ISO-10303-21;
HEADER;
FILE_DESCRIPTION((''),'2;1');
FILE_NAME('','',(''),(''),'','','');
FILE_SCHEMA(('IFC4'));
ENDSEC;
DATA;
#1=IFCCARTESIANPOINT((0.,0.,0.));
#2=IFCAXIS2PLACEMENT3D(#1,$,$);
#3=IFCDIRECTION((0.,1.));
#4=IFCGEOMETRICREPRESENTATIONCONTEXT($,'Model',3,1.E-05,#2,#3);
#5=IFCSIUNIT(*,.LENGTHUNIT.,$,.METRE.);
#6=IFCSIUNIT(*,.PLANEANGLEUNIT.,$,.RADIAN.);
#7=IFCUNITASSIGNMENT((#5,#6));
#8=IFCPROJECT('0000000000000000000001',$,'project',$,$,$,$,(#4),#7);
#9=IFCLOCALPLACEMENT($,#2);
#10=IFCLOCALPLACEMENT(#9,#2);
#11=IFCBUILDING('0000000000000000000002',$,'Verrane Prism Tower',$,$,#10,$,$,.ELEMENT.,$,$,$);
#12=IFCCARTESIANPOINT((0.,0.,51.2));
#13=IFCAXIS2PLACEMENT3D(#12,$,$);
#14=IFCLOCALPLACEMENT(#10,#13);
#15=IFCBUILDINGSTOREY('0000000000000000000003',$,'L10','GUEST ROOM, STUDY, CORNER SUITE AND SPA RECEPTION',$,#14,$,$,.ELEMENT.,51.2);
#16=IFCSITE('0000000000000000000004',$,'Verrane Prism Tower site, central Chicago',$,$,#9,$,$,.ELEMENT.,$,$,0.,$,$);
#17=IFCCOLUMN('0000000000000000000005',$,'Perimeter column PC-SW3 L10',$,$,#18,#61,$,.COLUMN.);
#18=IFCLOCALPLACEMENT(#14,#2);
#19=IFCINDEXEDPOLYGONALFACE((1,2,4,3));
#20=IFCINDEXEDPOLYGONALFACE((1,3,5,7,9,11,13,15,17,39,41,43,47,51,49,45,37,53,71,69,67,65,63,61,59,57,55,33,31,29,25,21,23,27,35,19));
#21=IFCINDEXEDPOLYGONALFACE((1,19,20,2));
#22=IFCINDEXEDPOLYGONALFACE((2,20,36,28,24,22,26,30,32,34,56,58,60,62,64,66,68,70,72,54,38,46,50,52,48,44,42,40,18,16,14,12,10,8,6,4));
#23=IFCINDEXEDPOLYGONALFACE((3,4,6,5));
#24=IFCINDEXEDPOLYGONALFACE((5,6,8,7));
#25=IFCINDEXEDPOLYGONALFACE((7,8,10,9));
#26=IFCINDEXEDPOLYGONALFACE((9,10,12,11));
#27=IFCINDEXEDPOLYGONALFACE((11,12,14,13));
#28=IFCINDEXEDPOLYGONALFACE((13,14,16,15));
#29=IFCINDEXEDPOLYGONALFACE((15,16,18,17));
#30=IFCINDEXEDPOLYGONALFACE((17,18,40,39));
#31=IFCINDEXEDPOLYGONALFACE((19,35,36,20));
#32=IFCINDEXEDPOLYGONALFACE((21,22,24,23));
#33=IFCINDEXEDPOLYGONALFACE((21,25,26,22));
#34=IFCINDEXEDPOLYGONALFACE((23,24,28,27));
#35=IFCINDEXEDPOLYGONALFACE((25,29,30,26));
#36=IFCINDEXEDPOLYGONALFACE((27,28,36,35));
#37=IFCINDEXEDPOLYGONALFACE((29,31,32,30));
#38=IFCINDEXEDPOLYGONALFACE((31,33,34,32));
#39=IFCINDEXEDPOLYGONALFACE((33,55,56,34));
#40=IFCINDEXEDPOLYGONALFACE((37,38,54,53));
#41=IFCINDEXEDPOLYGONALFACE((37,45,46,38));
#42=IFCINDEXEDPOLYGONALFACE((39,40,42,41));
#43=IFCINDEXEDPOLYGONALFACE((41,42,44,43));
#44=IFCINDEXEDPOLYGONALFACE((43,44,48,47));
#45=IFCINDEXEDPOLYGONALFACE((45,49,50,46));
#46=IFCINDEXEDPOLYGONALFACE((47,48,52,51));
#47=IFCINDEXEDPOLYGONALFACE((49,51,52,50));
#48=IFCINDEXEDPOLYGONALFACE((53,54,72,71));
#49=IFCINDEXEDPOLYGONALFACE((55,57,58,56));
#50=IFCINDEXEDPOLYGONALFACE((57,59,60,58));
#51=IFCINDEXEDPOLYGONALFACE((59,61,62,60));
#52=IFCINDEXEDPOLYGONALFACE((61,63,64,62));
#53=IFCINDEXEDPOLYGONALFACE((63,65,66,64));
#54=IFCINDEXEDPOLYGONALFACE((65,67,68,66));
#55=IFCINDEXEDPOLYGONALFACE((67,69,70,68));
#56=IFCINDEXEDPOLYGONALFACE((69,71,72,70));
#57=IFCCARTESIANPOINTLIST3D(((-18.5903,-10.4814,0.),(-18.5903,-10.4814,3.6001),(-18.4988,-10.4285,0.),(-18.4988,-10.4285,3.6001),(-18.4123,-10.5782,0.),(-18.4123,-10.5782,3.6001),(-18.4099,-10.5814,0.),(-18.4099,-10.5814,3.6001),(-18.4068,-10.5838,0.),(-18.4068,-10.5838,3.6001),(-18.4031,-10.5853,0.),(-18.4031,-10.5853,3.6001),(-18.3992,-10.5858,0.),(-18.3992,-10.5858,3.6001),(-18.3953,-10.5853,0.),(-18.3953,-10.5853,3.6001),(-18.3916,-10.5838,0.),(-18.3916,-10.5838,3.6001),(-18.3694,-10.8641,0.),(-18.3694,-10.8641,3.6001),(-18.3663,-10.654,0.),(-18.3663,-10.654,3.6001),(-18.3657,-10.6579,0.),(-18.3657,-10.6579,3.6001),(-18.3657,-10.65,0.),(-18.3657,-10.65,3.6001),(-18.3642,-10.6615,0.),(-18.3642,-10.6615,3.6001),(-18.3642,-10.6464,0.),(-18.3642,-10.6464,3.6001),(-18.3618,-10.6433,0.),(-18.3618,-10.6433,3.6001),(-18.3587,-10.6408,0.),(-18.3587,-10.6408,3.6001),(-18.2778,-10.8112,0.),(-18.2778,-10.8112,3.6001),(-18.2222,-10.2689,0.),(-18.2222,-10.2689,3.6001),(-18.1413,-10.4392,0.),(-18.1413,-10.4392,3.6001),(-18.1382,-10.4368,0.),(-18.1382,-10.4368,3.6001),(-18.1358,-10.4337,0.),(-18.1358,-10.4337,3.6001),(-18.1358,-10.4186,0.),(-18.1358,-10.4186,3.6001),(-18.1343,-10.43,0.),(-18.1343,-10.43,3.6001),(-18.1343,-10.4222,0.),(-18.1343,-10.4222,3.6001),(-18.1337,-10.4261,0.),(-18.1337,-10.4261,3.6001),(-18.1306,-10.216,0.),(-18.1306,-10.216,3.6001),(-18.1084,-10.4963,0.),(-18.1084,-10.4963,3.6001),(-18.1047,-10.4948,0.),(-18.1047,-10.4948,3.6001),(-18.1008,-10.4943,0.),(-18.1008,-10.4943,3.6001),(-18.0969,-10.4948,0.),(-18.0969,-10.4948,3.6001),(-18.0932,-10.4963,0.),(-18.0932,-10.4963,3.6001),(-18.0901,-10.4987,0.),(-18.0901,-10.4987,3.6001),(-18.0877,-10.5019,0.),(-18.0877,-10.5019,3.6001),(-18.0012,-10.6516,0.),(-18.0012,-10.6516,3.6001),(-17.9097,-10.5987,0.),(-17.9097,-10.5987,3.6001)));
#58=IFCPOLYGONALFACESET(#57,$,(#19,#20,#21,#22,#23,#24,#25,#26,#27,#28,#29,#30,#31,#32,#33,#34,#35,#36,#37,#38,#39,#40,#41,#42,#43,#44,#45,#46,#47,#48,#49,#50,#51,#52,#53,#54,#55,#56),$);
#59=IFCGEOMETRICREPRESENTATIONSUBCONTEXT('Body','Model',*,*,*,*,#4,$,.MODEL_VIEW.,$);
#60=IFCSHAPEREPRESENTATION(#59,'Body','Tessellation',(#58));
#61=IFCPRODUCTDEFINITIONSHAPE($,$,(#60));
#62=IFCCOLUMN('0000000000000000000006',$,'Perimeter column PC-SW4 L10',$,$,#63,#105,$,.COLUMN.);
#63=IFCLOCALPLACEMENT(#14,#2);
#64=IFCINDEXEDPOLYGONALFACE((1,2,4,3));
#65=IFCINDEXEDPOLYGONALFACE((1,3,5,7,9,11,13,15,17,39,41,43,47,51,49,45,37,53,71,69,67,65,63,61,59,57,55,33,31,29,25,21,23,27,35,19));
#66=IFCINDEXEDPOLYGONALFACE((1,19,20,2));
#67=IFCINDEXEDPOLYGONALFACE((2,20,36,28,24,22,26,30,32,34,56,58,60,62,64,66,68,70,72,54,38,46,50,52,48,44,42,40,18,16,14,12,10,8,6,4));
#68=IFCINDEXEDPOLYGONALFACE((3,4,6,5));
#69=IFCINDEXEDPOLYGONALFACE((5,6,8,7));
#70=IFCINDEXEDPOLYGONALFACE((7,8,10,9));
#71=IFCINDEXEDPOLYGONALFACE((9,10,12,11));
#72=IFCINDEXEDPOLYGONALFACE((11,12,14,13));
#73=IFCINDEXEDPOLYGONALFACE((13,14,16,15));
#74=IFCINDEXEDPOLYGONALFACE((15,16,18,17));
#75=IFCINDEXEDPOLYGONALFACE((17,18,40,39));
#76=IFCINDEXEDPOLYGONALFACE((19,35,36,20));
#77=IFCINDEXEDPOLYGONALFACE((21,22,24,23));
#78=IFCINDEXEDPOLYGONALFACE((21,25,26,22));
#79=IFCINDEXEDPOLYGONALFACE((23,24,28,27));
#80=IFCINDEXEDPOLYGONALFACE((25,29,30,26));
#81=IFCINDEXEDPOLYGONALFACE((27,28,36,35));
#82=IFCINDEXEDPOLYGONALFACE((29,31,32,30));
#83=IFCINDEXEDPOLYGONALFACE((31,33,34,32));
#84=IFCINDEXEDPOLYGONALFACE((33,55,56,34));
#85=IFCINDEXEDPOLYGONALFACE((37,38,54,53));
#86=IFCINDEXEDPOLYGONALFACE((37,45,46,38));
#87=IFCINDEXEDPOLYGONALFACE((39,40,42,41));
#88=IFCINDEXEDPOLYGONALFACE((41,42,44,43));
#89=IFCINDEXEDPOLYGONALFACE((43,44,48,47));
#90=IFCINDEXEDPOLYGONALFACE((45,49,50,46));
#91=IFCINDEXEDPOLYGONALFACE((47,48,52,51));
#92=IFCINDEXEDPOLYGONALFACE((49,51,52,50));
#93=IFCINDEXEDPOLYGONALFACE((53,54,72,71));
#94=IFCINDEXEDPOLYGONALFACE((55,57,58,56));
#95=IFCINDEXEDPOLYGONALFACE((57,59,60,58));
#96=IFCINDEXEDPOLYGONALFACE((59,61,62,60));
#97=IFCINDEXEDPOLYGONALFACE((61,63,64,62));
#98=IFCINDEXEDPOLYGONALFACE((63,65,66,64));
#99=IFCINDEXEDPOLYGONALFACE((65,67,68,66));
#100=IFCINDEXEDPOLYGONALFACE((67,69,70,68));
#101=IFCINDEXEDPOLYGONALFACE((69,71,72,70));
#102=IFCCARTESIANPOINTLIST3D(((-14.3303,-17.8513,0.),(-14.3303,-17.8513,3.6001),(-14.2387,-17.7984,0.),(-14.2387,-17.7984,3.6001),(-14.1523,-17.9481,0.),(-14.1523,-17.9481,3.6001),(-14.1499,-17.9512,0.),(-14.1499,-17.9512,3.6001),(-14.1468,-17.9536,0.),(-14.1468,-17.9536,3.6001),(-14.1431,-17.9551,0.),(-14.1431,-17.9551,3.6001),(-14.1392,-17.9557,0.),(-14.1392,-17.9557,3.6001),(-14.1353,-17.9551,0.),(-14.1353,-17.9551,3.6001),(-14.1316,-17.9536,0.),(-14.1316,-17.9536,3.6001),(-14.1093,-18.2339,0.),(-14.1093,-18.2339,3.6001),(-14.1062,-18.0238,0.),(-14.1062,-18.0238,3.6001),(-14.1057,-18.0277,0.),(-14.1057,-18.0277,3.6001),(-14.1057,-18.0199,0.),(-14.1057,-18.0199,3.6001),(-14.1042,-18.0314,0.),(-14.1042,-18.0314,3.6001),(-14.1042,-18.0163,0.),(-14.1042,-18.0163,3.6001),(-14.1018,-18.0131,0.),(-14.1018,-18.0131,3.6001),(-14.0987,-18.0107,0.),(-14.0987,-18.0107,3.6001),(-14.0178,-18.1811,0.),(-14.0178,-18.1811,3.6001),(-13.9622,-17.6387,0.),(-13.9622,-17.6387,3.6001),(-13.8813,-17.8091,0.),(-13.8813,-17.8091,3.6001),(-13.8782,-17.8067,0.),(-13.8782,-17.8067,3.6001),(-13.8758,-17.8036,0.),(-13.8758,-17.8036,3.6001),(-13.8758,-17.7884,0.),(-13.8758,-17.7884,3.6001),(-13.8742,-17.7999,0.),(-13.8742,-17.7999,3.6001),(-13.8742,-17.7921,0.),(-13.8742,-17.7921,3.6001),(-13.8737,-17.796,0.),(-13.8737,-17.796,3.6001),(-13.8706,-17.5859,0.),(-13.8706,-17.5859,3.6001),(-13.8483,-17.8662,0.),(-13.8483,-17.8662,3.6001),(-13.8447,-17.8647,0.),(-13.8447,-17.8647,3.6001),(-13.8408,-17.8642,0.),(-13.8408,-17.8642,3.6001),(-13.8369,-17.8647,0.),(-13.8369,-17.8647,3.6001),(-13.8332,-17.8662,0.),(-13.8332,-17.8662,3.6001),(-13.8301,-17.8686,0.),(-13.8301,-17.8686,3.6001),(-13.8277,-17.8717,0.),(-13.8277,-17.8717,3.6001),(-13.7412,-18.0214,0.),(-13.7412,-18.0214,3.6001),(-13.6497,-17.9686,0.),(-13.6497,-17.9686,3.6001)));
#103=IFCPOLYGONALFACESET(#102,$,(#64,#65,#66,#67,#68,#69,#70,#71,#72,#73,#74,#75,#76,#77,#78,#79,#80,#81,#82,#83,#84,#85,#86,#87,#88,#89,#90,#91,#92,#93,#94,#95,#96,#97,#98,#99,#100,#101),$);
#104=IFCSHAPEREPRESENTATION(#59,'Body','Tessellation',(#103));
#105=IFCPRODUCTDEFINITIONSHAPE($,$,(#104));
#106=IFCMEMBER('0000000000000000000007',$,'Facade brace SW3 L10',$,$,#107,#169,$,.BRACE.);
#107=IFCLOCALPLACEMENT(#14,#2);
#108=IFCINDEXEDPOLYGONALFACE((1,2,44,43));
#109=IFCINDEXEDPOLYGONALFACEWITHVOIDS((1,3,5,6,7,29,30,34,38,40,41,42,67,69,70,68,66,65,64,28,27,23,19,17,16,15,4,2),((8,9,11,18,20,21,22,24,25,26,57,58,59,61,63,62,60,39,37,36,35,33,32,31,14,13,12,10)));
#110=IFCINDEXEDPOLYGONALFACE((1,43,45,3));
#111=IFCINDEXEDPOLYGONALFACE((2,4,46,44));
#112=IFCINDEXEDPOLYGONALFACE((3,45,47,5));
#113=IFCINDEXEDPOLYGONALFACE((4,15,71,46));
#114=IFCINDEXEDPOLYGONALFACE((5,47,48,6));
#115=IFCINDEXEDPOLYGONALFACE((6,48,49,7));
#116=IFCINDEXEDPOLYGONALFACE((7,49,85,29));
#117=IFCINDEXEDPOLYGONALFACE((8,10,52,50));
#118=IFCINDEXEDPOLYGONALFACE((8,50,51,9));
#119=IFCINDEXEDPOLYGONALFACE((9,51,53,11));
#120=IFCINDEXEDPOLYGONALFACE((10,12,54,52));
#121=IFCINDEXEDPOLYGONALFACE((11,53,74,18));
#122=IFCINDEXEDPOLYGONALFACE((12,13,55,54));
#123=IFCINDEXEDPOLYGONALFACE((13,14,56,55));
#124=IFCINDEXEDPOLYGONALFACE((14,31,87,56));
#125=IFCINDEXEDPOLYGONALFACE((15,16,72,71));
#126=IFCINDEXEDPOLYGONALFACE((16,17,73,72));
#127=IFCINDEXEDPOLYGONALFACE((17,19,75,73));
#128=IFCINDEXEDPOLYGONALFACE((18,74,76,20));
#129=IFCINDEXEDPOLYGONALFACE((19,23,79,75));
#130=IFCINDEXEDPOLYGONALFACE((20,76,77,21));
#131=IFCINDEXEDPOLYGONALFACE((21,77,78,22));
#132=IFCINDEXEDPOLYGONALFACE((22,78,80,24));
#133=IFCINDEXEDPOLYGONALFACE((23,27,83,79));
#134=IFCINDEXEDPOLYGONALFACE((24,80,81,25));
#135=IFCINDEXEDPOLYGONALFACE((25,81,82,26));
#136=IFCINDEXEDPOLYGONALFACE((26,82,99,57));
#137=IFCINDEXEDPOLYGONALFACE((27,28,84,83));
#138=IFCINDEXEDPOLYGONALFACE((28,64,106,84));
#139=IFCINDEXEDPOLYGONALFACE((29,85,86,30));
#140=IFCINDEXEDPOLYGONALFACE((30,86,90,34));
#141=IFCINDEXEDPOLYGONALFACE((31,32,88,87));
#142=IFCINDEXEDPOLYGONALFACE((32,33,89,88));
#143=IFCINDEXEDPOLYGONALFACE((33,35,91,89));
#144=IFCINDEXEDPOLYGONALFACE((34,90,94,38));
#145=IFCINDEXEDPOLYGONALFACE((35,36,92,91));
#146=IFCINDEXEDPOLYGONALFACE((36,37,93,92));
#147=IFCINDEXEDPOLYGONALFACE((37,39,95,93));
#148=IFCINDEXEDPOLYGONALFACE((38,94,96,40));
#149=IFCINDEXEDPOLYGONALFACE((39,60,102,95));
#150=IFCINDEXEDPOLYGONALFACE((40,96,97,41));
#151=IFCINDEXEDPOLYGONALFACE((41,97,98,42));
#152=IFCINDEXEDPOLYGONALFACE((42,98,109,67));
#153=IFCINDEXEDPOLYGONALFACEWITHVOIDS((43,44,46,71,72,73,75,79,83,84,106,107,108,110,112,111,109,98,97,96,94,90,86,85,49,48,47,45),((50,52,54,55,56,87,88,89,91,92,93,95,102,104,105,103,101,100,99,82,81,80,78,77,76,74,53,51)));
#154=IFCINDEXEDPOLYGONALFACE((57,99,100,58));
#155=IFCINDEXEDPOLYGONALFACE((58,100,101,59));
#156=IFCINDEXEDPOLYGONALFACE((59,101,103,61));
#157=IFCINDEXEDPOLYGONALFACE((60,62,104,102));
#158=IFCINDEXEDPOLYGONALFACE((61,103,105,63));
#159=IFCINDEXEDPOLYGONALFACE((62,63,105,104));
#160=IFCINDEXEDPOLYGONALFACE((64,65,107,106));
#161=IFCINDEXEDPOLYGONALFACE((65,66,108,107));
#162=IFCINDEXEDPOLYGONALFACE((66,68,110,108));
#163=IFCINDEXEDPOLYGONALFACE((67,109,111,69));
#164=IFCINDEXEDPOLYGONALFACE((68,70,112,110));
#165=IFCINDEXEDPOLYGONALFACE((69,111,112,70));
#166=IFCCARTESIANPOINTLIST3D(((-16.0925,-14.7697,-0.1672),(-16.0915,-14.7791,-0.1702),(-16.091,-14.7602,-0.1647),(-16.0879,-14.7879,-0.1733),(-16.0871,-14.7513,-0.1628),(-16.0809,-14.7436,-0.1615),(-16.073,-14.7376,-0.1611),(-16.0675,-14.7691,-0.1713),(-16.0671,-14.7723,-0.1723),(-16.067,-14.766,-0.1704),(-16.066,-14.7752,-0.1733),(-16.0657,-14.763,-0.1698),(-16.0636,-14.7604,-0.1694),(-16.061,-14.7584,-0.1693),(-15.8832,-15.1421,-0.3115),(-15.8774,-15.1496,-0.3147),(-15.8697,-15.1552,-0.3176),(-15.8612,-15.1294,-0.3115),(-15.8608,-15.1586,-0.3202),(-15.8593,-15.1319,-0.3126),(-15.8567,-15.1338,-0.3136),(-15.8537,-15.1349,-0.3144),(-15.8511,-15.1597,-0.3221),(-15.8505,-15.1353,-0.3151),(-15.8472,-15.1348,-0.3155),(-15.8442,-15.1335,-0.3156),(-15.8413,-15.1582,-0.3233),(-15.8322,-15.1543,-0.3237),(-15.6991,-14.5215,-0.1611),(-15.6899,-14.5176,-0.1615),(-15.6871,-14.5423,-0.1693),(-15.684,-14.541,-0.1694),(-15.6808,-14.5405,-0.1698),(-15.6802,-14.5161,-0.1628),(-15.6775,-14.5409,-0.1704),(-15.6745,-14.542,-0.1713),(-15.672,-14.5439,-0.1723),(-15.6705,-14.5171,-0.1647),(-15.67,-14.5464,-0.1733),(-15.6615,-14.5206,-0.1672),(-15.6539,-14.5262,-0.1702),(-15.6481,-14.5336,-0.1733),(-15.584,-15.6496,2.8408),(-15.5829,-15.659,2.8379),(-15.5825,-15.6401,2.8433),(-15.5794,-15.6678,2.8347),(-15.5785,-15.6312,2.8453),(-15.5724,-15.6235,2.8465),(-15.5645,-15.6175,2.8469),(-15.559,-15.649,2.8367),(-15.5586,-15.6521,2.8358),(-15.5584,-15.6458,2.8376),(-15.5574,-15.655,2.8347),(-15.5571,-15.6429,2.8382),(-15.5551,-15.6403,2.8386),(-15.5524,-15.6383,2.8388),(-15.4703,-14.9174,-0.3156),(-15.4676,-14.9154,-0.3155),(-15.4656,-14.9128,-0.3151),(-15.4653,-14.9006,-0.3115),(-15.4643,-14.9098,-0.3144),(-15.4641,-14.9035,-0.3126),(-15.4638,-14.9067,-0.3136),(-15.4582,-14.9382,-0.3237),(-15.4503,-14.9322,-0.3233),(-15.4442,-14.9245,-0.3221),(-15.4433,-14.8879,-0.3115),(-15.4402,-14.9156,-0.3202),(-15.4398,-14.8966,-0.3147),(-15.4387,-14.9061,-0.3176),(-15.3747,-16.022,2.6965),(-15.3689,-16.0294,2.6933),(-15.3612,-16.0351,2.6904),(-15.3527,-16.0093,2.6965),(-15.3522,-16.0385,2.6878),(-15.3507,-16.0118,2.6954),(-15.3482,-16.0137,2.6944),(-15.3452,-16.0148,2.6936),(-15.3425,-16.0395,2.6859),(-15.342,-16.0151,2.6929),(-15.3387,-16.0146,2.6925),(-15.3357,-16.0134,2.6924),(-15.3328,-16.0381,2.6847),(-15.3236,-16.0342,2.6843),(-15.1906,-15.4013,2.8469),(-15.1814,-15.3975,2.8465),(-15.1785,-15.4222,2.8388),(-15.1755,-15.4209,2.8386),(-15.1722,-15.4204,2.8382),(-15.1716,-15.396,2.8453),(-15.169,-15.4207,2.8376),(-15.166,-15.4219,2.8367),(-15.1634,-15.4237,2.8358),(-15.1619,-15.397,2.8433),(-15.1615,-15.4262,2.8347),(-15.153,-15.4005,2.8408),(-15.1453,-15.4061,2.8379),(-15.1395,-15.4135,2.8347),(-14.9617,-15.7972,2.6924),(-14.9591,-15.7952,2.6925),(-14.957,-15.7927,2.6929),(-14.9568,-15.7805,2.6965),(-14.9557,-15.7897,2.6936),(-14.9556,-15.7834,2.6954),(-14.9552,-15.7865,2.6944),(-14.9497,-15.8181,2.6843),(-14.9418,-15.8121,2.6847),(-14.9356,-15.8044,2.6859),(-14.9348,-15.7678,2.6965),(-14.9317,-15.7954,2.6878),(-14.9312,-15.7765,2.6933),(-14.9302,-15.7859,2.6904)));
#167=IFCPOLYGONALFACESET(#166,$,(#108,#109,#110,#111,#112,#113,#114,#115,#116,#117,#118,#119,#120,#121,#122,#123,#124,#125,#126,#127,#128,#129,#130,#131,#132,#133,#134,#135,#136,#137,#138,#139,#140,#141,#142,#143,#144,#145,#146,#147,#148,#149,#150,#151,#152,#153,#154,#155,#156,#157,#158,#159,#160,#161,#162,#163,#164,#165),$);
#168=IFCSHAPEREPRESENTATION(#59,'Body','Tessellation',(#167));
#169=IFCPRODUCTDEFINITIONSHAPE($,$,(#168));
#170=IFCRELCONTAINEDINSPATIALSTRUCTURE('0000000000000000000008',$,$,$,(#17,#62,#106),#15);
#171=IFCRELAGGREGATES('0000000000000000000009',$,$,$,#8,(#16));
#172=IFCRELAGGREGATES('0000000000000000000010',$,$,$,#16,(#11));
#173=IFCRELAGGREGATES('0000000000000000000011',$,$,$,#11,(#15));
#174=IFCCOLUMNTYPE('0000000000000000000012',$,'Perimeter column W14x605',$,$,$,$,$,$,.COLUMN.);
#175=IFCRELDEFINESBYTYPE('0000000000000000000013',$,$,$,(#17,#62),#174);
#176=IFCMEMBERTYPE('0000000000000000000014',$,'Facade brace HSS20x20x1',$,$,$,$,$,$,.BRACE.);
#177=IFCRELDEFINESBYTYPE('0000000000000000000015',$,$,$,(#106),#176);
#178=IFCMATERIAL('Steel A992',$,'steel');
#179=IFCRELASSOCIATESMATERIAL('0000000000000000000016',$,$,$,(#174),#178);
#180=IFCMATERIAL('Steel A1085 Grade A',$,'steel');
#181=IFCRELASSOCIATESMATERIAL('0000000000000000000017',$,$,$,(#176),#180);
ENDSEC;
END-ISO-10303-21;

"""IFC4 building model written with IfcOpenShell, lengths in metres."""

from ifc_helpers import new_model, si_unit, direction, frame, origin, origin_2d, place, context, subcontext, project, spatial, hollow_rectangle, i_section, extrude, material, material_profile, profile_set, type_object, element, save


model = new_model("IFC4")

# Units and contexts
model_context = context("Model", 3, precision=1e-05, world=origin(), true_north=direction((0.0, 1.0)))
body_context = subcontext(model_context, "Body", "Model", "MODEL_VIEW")
ifc_project = project(units=[si_unit("LENGTHUNIT", "METRE"), si_unit("PLANEANGLEUNIT", "RADIAN")], contexts=[model_context])

# Site, building, storey
site_placement = place(None, origin())
site = spatial("IfcSite", under=ifc_project, at=site_placement, Name="Verrane Prism Tower site, central Chicago", CompositionType="ELEMENT", RefElevation=0.0)
building_placement = place(site_placement, origin())
building = spatial("IfcBuilding", under=site, at=building_placement, Name="Verrane Prism Tower", CompositionType="ELEMENT")
storey_placement = place(building_placement, frame((0.0, 0.0, 51.2)))
storey = spatial("IfcBuildingStorey", under=building, at=storey_placement, Name="L10", Description="GUEST ROOM, STUDY, CORNER SUITE AND SPA RECEPTION", CompositionType="ELEMENT", Elevation=51.2)

# Columns
ifc_material_1 = material(Name="Steel A992", Category="steel")
ifc_material_profile_1 = material_profile(ifc_material_1, i_section(OverallWidth=0.4419, OverallDepth=0.5308, WebThickness=0.0659, FlangeThickness=0.1057, FilletRadius=0.0151, at=origin_2d()), Name="W14x605")
ifc_profile_set_1 = profile_set([ifc_material_profile_1], Name="Steel A992")
column_type = type_object("IfcColumnType", Name="Perimeter column W14x605", PredefinedType="COLUMN", material=ifc_profile_set_1)
for number, where, z_axis, x_axis, name in (
    (1, (-18.25, -10.54, 0.0), (0.0, 0.0, 1.0), (-0.5, 0.866025, 0.0), "Perimeter column PC-SW3 L10"),
    (2, (-13.99, -17.9099, 0.0), (0.0, 0.0, 1.0), (-0.5, 0.866025, 0.0), "Perimeter column PC-SW4 L10"),
):
    element("IfcColumn", number, at=place(storey_placement, frame(where, z_axis=z_axis, x_axis=x_axis)), inside=storey, type_object=column_type, Name=name, PredefinedType="COLUMN", context=body_context, shape_type="SweptSolid", body=[
        extrude(i_section(OverallWidth=0.4419, OverallDepth=0.5308, WebThickness=0.0659, FlangeThickness=0.1057, FilletRadius=0.0151, at=origin_2d()), origin(), (0.0, 0.0, 1.0), 3.6001),
    ])

# Member
ifc_material_2 = material(Name="Steel A1085 Grade A", Category="steel")
ifc_material_profile_2 = material_profile(ifc_material_2, hollow_rectangle(XDim=0.5081, YDim=0.5081, WallThickness=0.0254, InnerFilletRadius=0.0127, OuterFilletRadius=0.0381, at=origin_2d()), Name="HSS20x20x1")
ifc_profile_set_2 = profile_set([ifc_material_profile_2], Name="Steel A1085 Grade A")
member_type_1 = type_object("IfcMemberType", Name="Facade brace HSS20x20x1", PredefinedType="BRACE", material=ifc_profile_set_2)
member_1_placement = place(storey_placement, frame((-15.7656, -14.8379, -0.2424), z_axis=(0.160167, -0.27712, 0.947392), x_axis=(0.865793, 0.500402, 0.0)))
element("IfcMember", 3, at=member_1_placement, inside=storey, type_object=member_type_1, Name="Facade brace SW3 L10", PredefinedType="BRACE", context=body_context, shape_type="SweptSolid", body=[
    extrude(hollow_rectangle(XDim=0.5081, YDim=0.5081, WallThickness=0.0254, InnerFilletRadius=0.0127, OuterFilletRadius=0.0381, at=origin_2d()), origin(), (0.0, 0.0, 1.0), 3.175),
])

save(model, "model.ifc")
